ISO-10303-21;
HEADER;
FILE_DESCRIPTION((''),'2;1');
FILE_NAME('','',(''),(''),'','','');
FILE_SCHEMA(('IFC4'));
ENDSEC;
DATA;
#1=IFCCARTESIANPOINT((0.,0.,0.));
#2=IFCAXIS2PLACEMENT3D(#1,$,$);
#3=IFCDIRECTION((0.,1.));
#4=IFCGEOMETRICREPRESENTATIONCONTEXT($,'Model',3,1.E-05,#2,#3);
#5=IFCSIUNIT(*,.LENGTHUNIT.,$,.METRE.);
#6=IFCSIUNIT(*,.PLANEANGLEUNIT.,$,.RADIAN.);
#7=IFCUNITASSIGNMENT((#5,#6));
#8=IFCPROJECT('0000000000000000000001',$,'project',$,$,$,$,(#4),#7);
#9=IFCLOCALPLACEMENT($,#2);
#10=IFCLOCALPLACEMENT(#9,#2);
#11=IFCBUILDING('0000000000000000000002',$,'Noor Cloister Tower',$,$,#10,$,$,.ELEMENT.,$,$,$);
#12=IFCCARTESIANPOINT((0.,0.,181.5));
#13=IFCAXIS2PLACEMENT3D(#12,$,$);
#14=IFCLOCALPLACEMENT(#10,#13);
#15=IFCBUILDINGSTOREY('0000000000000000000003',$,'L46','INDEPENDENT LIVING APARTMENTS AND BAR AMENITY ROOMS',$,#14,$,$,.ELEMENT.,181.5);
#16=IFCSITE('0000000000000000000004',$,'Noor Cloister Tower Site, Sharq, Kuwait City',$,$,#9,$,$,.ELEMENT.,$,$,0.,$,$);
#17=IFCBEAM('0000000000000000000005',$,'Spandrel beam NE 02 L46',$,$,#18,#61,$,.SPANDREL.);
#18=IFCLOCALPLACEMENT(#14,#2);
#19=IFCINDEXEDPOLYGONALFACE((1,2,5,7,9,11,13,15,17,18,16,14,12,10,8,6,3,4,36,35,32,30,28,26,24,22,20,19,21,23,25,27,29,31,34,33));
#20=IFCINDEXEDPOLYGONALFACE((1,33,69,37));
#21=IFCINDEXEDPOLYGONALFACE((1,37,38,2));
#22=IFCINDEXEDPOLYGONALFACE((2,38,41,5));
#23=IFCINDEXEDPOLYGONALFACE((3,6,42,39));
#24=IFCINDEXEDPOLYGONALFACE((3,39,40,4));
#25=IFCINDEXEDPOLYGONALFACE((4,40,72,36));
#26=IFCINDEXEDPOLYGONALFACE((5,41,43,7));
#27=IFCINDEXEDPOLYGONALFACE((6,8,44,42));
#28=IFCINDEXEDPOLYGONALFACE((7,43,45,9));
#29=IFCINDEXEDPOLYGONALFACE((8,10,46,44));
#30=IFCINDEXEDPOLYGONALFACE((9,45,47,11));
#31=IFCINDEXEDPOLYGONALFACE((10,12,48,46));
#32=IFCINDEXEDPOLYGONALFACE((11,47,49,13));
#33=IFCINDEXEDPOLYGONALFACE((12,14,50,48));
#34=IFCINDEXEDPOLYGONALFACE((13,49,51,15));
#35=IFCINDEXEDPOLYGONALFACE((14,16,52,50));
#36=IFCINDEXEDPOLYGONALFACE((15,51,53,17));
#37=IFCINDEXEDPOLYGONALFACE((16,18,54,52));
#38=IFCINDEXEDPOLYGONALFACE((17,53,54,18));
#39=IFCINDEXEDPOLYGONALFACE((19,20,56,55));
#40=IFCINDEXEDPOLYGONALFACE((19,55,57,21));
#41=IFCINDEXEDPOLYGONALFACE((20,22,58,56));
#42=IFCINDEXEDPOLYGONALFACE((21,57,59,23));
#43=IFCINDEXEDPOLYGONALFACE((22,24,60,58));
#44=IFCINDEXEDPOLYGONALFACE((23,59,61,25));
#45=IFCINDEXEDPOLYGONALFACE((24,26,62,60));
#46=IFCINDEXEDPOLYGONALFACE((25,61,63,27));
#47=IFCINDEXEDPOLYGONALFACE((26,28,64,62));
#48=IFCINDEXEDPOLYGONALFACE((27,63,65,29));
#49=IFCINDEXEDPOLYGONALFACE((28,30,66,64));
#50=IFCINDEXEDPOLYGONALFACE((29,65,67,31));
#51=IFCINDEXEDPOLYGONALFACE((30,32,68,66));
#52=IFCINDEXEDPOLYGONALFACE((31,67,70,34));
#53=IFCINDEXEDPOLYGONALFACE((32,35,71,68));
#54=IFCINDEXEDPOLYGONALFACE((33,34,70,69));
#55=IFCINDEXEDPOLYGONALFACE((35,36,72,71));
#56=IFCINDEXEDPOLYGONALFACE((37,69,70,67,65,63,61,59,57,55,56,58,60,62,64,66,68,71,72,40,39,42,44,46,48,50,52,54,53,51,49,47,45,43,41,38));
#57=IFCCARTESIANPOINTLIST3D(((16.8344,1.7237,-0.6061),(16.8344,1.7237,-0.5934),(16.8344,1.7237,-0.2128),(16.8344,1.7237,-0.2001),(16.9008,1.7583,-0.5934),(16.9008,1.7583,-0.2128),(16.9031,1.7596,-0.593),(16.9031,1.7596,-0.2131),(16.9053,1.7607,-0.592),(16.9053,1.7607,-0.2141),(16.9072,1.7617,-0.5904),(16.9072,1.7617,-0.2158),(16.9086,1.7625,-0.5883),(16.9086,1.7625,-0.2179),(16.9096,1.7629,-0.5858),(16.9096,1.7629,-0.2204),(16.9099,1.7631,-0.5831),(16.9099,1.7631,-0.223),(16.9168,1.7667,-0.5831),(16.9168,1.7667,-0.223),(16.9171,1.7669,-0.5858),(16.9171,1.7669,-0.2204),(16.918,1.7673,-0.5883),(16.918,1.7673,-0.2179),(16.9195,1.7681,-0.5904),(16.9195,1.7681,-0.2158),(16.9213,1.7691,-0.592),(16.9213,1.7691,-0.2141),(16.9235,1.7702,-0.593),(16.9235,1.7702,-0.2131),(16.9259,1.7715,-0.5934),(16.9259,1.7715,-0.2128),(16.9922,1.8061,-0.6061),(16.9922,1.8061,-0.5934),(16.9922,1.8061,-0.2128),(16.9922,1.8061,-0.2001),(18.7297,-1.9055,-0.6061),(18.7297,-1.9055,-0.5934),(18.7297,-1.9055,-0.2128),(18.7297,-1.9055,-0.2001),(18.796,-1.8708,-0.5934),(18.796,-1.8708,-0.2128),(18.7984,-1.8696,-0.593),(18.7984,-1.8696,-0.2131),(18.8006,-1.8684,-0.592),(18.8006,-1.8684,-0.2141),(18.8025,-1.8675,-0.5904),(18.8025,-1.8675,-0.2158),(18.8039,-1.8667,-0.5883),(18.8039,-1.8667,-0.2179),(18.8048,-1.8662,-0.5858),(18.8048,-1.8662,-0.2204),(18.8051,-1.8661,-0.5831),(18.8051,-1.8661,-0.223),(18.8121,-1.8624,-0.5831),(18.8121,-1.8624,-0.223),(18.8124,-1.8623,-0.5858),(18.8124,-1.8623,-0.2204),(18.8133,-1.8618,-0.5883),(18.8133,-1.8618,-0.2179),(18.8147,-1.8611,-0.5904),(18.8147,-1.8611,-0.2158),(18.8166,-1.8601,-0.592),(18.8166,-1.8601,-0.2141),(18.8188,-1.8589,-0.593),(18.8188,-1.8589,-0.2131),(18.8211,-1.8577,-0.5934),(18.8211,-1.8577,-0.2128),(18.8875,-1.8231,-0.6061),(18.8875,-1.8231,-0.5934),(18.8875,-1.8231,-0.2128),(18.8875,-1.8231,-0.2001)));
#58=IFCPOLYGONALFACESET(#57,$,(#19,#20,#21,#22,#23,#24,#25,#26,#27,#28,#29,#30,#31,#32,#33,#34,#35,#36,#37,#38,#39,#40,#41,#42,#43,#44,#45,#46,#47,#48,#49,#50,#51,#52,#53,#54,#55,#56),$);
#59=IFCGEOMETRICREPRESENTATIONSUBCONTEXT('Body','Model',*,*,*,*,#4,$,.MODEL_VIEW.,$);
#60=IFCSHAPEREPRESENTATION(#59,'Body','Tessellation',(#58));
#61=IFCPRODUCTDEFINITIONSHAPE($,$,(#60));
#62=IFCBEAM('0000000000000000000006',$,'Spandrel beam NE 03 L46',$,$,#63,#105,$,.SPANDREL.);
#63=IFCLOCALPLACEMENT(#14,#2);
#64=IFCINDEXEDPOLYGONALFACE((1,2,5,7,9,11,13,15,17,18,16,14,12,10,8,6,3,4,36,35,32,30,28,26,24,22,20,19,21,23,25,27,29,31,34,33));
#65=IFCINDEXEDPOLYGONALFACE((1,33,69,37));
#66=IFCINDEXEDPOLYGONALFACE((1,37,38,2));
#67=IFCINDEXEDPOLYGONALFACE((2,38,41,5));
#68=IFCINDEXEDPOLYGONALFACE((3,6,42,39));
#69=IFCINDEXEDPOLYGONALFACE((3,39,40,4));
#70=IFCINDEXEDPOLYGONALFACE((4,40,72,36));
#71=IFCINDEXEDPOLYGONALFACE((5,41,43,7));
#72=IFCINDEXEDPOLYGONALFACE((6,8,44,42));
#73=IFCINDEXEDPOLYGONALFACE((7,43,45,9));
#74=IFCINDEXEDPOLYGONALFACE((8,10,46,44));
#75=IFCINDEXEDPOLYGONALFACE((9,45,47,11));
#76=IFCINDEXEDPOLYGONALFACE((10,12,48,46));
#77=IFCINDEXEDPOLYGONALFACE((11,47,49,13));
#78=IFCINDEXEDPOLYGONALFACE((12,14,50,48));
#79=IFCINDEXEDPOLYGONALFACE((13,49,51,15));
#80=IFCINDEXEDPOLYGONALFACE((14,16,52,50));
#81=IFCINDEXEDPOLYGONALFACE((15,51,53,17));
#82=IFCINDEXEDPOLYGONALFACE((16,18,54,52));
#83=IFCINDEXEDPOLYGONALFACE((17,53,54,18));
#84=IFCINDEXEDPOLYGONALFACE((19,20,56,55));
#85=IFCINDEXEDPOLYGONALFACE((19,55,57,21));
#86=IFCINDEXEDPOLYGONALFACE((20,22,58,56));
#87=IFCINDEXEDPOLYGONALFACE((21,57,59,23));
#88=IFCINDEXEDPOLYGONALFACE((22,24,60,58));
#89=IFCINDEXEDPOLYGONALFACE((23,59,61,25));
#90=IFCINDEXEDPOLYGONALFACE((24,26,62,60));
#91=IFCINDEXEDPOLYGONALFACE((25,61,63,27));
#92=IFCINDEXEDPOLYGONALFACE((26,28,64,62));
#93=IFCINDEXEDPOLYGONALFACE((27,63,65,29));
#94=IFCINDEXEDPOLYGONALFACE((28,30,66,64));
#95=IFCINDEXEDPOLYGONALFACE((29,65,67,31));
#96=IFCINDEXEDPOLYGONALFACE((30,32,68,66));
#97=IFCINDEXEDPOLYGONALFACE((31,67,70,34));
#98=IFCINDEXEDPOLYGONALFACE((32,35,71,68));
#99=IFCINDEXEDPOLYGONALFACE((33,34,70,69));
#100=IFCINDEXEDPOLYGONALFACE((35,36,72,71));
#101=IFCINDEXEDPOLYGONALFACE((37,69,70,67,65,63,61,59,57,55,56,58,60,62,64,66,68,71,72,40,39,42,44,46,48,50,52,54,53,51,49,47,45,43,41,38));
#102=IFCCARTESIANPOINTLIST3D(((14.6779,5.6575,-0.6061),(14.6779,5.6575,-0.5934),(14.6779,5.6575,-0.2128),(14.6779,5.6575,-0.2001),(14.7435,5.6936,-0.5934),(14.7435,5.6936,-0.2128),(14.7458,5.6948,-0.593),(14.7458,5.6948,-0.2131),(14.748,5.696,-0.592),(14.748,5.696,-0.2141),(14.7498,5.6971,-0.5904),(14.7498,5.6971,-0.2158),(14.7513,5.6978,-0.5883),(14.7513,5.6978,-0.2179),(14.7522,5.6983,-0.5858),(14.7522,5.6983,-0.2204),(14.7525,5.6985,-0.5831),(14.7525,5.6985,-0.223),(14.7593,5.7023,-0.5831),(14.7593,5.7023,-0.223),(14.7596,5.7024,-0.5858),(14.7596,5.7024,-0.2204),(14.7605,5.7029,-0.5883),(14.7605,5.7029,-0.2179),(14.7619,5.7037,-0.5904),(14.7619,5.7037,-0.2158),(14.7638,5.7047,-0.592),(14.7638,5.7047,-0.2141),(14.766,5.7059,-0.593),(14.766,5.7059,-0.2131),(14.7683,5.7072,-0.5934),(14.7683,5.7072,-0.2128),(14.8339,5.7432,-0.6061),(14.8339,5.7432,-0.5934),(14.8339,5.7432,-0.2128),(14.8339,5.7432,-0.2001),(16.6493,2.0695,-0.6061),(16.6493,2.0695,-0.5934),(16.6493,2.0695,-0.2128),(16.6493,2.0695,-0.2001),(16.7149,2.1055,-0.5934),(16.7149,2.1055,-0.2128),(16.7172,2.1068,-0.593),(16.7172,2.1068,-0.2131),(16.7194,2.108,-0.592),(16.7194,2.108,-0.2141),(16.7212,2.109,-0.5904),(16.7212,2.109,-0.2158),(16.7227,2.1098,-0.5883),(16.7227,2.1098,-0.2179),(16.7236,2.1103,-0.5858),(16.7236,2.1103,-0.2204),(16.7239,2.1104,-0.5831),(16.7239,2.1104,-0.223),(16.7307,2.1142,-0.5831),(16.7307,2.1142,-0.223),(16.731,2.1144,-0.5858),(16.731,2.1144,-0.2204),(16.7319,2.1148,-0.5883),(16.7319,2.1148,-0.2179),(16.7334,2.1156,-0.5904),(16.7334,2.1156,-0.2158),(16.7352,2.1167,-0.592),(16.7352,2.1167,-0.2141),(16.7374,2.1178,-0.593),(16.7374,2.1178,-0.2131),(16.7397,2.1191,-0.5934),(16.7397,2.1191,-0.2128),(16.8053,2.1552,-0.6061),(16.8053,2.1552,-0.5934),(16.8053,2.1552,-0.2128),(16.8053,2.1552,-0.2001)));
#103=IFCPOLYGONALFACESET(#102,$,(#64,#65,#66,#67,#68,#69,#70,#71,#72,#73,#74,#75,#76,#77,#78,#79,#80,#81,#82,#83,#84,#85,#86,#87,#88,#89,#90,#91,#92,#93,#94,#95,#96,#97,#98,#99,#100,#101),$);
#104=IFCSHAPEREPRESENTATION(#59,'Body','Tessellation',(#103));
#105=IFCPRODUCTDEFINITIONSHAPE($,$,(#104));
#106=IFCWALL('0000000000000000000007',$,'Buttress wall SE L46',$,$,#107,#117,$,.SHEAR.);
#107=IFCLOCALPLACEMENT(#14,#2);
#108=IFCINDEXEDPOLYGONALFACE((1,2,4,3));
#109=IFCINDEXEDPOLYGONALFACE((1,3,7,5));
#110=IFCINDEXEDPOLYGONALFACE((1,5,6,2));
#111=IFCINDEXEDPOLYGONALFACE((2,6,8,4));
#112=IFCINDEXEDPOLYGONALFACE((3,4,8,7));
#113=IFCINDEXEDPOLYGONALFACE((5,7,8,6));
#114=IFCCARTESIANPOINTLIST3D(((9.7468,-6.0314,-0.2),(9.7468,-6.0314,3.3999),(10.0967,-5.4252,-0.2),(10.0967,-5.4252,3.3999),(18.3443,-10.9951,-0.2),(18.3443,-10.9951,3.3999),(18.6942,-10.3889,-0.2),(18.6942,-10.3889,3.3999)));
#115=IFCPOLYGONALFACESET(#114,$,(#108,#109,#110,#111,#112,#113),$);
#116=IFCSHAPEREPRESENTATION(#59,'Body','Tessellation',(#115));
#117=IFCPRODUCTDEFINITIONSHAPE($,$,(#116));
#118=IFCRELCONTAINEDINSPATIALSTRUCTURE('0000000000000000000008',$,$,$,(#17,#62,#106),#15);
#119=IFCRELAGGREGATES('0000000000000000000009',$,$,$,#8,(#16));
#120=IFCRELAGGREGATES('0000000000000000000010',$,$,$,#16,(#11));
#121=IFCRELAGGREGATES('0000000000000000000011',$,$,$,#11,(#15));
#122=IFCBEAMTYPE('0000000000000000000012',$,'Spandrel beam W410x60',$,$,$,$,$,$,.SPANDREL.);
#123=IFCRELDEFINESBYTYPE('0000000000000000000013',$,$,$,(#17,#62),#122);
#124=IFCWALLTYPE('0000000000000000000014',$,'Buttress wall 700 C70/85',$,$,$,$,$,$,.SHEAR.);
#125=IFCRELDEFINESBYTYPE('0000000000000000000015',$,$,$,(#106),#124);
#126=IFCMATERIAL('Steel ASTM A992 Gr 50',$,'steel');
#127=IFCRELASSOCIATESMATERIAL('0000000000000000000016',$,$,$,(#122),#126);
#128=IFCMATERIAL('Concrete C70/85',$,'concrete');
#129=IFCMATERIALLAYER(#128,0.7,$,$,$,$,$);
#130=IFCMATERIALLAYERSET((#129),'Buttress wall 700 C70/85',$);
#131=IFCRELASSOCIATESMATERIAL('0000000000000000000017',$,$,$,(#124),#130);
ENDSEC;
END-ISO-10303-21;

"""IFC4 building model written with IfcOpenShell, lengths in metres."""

from ifc_helpers import new_model, si_unit, direction, frame, frame_2d, origin, origin_2d, place, context, subcontext, project, spatial, rectangle, i_section, extrude, material, layer, layer_set, material_profile, profile_set, type_object, element, save


model = new_model("IFC4")

# Units and contexts
model_context = context("Model", 3, precision=1e-05, world=origin(), true_north=direction((0.0, 1.0)))
body_context = subcontext(model_context, "Body", "Model", "MODEL_VIEW")
ifc_project = project(units=[si_unit("LENGTHUNIT", "METRE"), si_unit("PLANEANGLEUNIT", "RADIAN")], contexts=[model_context])

# Site, building, storey
site_placement = place(None, origin())
site = spatial("IfcSite", under=ifc_project, at=site_placement, Name="Noor Cloister Tower Site, Sharq, Kuwait City", CompositionType="ELEMENT", RefElevation=0.0)
building_placement = place(site_placement, origin())
building = spatial("IfcBuilding", under=site, at=building_placement, Name="Noor Cloister Tower", CompositionType="ELEMENT")
storey_placement = place(building_placement, frame((0.0, 0.0, 181.5)))
storey = spatial("IfcBuildingStorey", under=building, at=storey_placement, Name="L46", Description="INDEPENDENT LIVING APARTMENTS AND BAR AMENITY ROOMS", CompositionType="ELEMENT", Elevation=181.5)

# Beams
ifc_material_1 = material(Name="Steel ASTM A992 Gr 50", Category="steel")
ifc_material_profile_1 = material_profile(ifc_material_1, i_section(OverallWidth=0.178, OverallDepth=0.406, WebThickness=0.0078, FlangeThickness=0.0127, FilletRadius=0.0103, at=origin_2d()), Name="W410x60")
ifc_profile_set_1 = profile_set([ifc_material_profile_1], Name="Steel ASTM A992 Gr 50")
beam_type_1 = type_object("IfcBeamType", Name="Spandrel beam W410x60", PredefinedType="SPANDREL", material=ifc_profile_set_1)
for number, where, z_axis, x_axis, name in (
    (1, (18.8086, -1.8643, -0.4031), (-0.46291, 0.886405, 0.0), (-0.886405, -0.46291, 0.0), "Spandrel beam NE 02 L46"),
):
    element("IfcBeam", number, at=place(storey_placement, frame(where, z_axis=z_axis, x_axis=x_axis)), inside=storey, type_object=beam_type_1, Name=name, PredefinedType="SPANDREL", context=body_context, shape_type="SweptSolid", body=[
        extrude(i_section(OverallWidth=0.178, OverallDepth=0.406, WebThickness=0.0078, FlangeThickness=0.0127, FilletRadius=0.0103, at=origin_2d()), origin(), (0.0, 0.0, 1.0), 4.0942),
    ])
beam_1_placement = place(storey_placement, frame((16.7273, 2.1123, -0.4031), z_axis=(-0.481536, 0.876426, 0.0), x_axis=(-0.876426, -0.481536, 0.0)))
element("IfcBeam", 2, at=beam_1_placement, inside=storey, type_object=beam_type_1, Name="Spandrel beam NE 03 L46", PredefinedType="SPANDREL", context=body_context, shape_type="SweptSolid", body=[
    extrude(i_section(OverallWidth=0.178, OverallDepth=0.406, WebThickness=0.0078, FlangeThickness=0.0127, FilletRadius=0.0103, at=origin_2d()), origin(), (0.0, 0.0, 1.0), 4.094),
])

# Wall
ifc_material_2 = material(Name="Concrete C70/85", Category="concrete")
ifc_layer_1 = layer(ifc_material_2, 0.7)
ifc_layer_set_1 = layer_set([ifc_layer_1], Name="Buttress wall 700 C70/85")
wall_type_1 = type_object("IfcWallType", Name="Buttress wall 700 C70/85", PredefinedType="SHEAR", material=ifc_layer_set_1)
wall_1_placement = place(storey_placement, frame((9.9216, -5.7283, -0.2), z_axis=(0.0, 0.0, 1.0), x_axis=(0.86603, -0.499993, 0.0)))
element("IfcWall", 3, at=wall_1_placement, inside=storey, type_object=wall_type_1, Name="Buttress wall SE L46", PredefinedType="SHEAR", context=body_context, shape_type="SweptSolid", body=[
    extrude(rectangle(XDim=9.9275, YDim=0.7, at=frame_2d((4.9639, 0.0))), origin(), (0.0, 0.0, 1.0), 3.5999),
])

save(model, "model.ifc")
